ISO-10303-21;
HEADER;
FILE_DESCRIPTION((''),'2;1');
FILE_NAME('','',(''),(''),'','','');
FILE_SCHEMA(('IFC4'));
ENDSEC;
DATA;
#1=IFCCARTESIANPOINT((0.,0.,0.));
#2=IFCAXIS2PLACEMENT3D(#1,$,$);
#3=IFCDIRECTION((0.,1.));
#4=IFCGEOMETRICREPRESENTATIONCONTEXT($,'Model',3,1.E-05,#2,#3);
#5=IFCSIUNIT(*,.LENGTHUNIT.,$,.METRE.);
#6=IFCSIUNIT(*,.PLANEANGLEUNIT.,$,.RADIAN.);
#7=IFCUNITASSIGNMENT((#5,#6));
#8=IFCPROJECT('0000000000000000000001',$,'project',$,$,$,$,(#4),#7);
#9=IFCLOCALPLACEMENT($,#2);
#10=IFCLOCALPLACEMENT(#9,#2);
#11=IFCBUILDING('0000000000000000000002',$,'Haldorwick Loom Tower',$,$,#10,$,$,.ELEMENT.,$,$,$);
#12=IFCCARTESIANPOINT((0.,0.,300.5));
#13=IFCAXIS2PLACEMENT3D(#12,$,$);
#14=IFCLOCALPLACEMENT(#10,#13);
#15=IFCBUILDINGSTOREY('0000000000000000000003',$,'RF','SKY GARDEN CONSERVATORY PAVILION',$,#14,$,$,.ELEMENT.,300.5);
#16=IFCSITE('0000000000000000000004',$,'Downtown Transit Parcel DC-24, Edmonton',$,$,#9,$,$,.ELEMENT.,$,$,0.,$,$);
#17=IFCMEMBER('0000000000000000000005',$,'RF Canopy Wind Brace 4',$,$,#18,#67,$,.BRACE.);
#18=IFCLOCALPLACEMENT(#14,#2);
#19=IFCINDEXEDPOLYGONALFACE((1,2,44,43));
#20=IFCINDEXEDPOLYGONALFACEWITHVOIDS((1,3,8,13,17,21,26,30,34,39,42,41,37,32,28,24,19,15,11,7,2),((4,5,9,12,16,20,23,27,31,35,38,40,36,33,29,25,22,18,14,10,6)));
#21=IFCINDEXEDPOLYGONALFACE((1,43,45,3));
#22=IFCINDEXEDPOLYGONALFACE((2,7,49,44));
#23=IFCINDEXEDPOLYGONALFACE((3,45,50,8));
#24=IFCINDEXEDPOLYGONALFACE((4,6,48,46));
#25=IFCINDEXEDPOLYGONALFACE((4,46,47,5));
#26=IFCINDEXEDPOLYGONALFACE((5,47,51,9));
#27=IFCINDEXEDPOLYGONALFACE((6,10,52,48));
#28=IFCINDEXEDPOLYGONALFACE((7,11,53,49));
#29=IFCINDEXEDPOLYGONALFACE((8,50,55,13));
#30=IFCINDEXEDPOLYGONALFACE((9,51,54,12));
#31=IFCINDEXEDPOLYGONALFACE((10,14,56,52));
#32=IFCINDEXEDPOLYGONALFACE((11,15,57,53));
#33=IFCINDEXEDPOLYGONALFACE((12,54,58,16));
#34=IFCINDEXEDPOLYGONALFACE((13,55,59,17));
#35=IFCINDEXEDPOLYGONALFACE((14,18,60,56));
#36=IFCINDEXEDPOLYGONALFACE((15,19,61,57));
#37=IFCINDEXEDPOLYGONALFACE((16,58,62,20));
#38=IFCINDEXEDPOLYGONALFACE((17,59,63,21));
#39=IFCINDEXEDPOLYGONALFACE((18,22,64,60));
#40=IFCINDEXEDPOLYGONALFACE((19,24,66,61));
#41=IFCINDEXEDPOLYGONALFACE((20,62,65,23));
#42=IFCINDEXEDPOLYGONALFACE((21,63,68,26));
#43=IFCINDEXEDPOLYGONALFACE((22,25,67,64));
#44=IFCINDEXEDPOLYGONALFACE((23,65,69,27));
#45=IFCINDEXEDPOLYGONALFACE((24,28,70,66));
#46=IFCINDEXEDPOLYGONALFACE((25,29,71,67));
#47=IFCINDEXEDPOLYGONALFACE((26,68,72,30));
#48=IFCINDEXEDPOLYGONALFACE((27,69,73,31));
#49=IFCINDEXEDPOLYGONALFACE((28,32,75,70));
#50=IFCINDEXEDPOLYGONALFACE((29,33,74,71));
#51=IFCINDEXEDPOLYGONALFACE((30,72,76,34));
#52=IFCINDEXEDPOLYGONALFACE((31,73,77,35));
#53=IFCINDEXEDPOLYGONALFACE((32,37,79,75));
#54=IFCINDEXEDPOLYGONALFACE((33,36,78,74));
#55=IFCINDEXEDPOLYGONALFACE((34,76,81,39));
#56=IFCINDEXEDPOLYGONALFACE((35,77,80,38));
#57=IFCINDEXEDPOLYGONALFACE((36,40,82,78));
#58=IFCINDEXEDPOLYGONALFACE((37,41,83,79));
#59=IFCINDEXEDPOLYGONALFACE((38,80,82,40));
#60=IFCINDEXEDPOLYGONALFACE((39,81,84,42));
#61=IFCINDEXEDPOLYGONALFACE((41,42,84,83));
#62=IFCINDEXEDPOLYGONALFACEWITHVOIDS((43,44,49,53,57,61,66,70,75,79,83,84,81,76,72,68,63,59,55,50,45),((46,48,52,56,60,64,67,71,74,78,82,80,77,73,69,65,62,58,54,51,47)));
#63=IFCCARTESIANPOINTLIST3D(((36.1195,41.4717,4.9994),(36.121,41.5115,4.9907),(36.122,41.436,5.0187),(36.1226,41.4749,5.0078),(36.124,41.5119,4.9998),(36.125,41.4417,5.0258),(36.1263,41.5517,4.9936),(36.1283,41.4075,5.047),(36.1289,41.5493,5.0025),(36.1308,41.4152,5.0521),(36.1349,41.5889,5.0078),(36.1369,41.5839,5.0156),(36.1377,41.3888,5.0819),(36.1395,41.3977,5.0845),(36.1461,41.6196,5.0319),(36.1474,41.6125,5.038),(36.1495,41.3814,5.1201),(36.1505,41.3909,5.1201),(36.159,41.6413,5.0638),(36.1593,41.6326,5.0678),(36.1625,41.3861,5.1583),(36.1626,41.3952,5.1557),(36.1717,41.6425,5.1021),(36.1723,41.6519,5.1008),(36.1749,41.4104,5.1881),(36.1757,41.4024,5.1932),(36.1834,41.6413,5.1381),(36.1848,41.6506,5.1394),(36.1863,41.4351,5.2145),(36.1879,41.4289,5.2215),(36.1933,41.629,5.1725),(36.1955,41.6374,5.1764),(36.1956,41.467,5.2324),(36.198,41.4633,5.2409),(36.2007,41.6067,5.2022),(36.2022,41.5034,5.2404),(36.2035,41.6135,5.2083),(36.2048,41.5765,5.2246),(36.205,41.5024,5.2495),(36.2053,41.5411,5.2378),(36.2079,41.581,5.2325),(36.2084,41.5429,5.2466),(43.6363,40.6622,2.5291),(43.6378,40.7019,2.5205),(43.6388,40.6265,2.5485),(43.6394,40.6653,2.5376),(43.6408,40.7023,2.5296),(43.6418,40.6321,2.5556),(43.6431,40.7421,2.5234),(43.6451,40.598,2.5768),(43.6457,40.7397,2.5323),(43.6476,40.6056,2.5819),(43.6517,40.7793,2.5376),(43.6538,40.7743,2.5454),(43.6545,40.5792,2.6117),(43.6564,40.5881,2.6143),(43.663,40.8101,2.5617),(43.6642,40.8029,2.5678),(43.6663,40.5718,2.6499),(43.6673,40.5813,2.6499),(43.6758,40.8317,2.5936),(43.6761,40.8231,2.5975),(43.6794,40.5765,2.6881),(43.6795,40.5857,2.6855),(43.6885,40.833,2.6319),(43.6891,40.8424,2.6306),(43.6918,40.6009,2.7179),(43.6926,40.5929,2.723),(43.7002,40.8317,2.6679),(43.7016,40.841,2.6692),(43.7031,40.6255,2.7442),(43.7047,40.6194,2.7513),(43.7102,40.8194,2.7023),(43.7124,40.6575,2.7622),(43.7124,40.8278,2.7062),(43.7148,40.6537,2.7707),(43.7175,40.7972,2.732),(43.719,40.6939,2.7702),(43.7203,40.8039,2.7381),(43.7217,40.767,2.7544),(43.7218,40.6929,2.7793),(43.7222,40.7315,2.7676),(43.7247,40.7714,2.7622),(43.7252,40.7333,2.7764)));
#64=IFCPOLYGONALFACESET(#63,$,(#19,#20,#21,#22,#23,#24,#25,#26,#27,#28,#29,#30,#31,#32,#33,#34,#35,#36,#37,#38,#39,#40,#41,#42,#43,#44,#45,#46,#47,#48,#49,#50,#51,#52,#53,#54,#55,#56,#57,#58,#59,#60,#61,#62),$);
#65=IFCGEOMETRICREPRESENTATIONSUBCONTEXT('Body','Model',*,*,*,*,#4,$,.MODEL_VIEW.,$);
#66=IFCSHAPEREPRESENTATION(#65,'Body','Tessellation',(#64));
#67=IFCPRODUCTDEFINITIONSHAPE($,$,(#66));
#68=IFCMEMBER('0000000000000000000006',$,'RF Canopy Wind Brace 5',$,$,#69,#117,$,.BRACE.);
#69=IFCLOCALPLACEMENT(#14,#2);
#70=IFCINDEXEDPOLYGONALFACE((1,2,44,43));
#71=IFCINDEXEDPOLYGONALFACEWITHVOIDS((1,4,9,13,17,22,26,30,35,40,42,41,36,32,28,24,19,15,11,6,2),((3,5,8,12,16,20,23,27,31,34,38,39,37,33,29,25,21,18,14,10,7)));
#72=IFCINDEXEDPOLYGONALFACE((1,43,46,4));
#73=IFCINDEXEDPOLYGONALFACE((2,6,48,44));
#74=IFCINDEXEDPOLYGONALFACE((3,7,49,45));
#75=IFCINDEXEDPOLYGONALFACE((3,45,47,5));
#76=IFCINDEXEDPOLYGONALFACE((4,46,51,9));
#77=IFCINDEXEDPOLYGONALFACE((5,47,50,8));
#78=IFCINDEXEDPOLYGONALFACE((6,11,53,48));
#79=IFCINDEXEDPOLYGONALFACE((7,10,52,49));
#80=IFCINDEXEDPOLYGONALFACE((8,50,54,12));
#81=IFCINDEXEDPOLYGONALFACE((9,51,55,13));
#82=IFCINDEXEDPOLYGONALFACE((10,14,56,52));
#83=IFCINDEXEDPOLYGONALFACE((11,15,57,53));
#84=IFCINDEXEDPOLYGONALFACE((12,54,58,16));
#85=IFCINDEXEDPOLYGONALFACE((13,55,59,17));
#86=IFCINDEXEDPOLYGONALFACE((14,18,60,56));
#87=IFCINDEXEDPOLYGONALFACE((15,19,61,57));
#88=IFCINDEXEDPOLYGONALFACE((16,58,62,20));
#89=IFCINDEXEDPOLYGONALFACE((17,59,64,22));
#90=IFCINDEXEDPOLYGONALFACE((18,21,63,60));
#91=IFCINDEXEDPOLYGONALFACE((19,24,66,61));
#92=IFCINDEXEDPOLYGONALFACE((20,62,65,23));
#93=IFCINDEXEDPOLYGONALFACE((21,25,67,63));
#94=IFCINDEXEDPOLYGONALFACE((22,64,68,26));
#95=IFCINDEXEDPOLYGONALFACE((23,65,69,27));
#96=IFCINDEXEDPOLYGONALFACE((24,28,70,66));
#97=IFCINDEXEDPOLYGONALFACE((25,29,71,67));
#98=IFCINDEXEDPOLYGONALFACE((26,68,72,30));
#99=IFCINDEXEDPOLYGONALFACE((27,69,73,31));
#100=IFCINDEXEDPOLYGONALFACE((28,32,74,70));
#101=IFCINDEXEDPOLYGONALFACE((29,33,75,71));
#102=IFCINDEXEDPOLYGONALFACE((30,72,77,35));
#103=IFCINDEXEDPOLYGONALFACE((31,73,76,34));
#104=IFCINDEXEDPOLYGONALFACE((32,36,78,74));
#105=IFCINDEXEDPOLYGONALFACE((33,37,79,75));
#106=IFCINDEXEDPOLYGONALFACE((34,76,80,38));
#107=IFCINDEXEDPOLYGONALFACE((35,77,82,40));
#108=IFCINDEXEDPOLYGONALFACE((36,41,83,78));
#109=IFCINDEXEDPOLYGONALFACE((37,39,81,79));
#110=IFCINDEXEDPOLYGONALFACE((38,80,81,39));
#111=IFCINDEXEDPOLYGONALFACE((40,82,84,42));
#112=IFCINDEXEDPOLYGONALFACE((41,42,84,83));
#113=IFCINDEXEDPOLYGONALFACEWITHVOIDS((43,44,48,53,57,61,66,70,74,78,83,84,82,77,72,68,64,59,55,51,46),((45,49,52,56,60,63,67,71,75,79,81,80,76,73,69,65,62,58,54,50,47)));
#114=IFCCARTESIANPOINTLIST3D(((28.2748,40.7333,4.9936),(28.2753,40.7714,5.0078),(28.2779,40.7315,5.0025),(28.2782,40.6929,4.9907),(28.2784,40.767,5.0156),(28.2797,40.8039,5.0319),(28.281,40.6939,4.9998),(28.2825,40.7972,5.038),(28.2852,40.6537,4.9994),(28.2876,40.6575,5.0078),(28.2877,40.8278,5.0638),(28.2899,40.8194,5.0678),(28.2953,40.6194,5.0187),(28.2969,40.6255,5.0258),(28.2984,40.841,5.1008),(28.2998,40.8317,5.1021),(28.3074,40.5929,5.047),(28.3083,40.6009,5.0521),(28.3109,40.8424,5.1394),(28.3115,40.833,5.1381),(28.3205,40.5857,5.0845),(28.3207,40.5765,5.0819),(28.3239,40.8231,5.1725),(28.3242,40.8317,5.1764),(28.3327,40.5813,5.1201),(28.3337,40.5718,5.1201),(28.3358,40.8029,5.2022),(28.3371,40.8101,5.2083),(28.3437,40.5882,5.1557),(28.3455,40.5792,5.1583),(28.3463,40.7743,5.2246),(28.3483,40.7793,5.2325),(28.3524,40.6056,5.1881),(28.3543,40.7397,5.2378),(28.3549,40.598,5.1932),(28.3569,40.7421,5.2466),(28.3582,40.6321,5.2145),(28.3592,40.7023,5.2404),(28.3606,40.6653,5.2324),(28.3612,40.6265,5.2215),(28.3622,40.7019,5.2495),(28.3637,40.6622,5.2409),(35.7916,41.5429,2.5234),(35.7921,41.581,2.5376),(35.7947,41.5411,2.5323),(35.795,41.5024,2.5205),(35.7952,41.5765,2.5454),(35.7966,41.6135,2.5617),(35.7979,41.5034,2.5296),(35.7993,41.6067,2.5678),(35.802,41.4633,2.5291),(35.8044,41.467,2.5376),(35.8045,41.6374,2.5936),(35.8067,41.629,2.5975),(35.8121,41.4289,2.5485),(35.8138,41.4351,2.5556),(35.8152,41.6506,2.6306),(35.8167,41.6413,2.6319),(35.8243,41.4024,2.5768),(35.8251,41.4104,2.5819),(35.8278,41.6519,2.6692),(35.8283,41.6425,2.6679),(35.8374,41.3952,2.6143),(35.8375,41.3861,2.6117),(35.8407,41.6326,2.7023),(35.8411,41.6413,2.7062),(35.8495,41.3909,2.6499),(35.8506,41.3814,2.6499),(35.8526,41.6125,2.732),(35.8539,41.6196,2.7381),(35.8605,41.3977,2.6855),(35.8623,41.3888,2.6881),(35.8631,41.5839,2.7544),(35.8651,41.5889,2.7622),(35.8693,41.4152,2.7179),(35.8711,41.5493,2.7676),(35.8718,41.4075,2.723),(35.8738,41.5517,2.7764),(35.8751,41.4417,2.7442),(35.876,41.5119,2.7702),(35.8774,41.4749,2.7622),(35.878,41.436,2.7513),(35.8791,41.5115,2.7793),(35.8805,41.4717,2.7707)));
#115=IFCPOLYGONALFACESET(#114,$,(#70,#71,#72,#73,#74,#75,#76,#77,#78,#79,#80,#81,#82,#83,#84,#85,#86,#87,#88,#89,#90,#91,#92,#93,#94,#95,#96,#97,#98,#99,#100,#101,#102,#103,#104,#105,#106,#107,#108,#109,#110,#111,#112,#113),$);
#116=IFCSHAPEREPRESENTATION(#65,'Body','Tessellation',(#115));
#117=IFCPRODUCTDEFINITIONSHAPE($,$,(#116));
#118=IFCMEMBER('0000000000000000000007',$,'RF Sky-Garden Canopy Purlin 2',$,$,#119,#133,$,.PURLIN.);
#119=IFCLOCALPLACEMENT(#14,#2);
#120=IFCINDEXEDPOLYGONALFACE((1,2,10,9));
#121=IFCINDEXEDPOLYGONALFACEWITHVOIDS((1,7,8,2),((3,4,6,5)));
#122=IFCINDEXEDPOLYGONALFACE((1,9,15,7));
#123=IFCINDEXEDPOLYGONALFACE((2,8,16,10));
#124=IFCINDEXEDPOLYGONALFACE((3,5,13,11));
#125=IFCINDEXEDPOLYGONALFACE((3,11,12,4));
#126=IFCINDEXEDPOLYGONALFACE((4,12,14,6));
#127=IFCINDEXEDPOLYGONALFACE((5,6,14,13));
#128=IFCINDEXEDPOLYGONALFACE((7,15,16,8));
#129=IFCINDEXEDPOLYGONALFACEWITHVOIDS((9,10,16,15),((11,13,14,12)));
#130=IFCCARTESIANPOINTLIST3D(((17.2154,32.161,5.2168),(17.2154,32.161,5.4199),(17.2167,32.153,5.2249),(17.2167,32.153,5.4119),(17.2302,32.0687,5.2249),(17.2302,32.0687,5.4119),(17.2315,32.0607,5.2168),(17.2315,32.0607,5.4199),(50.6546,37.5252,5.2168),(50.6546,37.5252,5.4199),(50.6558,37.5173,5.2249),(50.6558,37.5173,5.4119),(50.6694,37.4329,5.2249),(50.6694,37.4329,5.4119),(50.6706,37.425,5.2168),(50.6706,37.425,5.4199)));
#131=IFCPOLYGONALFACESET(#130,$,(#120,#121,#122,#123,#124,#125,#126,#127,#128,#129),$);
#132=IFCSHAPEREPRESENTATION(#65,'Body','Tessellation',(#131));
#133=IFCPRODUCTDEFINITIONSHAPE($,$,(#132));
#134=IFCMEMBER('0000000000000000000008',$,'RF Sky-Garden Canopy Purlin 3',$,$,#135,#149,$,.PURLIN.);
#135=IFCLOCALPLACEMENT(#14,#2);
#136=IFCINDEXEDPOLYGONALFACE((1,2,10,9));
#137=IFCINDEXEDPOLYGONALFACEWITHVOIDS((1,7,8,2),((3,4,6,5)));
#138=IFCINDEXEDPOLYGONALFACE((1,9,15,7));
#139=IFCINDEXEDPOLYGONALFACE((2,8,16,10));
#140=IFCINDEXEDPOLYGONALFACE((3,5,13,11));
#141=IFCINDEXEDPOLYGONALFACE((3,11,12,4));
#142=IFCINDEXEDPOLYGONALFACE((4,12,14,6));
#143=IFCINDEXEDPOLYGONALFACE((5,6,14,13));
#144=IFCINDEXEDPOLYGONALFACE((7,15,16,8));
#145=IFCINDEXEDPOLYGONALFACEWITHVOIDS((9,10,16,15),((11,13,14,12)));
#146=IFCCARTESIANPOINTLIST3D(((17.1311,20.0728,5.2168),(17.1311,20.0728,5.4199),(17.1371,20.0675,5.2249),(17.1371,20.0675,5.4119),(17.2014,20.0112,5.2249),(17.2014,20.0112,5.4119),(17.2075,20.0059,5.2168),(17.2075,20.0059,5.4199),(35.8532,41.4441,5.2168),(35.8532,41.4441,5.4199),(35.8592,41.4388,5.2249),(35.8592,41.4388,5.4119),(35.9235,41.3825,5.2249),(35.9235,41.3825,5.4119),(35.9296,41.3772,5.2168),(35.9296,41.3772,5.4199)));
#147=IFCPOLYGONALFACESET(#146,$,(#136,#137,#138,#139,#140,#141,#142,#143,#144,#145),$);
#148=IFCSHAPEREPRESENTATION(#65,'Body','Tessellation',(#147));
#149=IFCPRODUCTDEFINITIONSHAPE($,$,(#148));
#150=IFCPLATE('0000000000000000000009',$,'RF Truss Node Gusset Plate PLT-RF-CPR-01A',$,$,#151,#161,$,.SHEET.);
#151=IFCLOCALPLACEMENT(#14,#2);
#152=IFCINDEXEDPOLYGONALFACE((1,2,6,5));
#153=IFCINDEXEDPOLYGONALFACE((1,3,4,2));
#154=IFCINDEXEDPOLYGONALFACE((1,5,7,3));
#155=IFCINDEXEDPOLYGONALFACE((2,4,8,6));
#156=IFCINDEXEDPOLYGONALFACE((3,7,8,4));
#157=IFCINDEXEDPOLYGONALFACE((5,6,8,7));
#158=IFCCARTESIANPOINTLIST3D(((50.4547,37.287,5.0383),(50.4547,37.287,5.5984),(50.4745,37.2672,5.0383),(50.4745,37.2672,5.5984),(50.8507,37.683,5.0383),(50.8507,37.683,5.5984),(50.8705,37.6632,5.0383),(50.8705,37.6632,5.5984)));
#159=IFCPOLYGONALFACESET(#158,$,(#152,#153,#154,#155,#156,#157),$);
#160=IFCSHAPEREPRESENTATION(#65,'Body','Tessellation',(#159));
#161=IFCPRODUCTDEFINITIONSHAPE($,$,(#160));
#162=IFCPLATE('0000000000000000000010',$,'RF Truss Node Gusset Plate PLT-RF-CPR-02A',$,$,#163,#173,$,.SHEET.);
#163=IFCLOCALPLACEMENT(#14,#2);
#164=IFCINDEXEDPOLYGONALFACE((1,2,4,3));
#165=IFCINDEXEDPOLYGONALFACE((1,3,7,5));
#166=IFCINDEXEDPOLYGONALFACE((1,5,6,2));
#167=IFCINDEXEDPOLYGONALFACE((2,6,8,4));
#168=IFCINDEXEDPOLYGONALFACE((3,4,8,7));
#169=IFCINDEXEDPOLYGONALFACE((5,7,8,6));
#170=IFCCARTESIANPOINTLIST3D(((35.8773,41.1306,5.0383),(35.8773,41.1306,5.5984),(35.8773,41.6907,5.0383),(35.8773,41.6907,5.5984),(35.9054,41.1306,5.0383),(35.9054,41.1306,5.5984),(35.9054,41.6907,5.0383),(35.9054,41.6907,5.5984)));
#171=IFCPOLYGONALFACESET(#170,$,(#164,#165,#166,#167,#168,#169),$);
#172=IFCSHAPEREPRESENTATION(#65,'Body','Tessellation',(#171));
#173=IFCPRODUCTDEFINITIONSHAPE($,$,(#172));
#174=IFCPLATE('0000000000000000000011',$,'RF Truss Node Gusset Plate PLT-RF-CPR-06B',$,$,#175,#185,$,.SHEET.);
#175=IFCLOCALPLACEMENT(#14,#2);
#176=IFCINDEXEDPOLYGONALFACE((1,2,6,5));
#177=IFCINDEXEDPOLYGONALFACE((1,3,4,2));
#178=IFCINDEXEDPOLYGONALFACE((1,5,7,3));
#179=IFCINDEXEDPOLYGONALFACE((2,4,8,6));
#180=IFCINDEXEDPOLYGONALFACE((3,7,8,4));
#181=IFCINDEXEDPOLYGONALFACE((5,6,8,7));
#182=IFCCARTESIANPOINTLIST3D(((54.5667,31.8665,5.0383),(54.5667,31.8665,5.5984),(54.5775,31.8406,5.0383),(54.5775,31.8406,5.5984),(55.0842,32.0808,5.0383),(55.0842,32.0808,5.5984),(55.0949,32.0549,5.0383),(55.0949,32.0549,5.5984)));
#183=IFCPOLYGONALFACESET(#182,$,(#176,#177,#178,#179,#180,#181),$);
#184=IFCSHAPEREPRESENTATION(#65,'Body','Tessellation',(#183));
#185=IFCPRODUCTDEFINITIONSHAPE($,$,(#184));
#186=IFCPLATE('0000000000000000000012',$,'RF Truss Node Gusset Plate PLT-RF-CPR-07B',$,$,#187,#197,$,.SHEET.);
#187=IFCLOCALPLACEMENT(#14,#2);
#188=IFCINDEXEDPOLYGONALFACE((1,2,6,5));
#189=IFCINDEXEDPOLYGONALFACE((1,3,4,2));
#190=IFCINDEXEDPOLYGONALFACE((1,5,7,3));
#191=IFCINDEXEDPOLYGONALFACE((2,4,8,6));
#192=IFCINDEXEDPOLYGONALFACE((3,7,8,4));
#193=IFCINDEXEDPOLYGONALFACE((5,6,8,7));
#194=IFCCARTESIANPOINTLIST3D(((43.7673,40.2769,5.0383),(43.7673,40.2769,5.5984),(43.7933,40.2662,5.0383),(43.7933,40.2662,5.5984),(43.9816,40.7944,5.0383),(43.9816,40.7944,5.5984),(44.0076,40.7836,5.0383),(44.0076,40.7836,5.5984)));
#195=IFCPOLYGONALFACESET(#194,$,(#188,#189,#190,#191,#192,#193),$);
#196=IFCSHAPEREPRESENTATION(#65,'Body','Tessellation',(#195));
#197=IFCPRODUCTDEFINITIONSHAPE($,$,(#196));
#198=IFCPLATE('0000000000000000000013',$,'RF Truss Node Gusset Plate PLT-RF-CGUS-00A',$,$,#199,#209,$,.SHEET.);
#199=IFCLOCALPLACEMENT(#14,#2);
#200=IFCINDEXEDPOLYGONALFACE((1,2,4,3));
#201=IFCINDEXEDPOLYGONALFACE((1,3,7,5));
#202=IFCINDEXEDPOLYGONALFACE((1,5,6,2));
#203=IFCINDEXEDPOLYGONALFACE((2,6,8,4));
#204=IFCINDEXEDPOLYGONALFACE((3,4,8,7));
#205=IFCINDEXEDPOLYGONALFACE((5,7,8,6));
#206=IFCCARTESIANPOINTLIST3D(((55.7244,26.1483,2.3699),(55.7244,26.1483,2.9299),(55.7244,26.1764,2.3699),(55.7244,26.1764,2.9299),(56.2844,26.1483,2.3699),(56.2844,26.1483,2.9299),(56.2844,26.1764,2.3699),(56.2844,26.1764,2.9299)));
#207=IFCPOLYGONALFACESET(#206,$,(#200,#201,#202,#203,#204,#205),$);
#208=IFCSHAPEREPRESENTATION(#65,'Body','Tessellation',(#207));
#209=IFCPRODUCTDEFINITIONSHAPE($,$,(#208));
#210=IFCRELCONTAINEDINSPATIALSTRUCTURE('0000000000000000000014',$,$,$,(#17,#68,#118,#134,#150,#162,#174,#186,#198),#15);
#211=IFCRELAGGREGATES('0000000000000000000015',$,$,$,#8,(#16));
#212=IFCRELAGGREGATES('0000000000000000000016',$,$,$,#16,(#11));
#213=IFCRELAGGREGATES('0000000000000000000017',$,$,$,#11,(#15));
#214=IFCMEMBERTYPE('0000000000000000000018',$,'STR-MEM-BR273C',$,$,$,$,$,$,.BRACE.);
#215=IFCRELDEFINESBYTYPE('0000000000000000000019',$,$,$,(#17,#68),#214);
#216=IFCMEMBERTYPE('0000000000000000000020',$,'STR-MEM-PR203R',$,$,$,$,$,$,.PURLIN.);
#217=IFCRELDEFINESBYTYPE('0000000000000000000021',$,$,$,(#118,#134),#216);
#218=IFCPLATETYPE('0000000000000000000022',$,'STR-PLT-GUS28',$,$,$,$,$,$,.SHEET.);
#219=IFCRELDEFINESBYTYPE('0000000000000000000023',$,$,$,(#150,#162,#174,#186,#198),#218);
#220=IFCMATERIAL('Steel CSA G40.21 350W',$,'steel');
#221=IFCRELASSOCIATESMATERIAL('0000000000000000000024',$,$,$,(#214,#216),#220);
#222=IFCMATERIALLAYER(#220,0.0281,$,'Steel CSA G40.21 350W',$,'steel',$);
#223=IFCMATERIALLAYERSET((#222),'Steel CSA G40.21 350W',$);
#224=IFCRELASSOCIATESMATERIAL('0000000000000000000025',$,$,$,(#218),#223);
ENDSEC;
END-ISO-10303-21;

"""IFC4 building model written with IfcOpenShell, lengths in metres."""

from ifc_helpers import new_model, si_unit, direction, frame, origin, origin_2d, place, context, subcontext, project, spatial, rectangle, hollow_rectangle, hollow_circle, extrude, material, layer, layer_set, material_profile, profile_set, type_object, element, save


model = new_model("IFC4")

# Units and contexts
model_context = context("Model", 3, precision=1e-05, world=origin(), true_north=direction((0.0, 1.0)))
body_context = subcontext(model_context, "Body", "Model", "MODEL_VIEW")
ifc_project = project(units=[si_unit("LENGTHUNIT", "METRE"), si_unit("PLANEANGLEUNIT", "RADIAN")], contexts=[model_context])

# Site, building, storey
site_placement = place(None, origin())
site = spatial("IfcSite", under=ifc_project, at=site_placement, Name="Downtown Transit Parcel DC-24, Edmonton", CompositionType="ELEMENT", RefElevation=0.0)
building_placement = place(site_placement, origin())
building = spatial("IfcBuilding", under=site, at=building_placement, Name="Haldorwick Loom Tower", CompositionType="ELEMENT")
storey_placement = place(building_placement, frame((0.0, 0.0, 300.5)))
storey = spatial("IfcBuildingStorey", under=building, at=storey_placement, Name="RF", Description="SKY GARDEN CONSERVATORY PAVILION", CompositionType="ELEMENT", Elevation=300.5)

# Shared definitions
ifc_material_1 = material(Name="Steel CSA G40.21 350W", Category="steel")

# Members
ifc_material_profile_1 = material_profile(ifc_material_1, hollow_circle(Radius=0.1365, WallThickness=0.0095, at=origin_2d()), Name="HSS273X10", Category="steel")
ifc_profile_set_1 = profile_set([ifc_material_profile_1], Name="Steel CSA G40.21 350W")
member_type_1 = type_object("IfcMemberType", Name="STR-MEM-BR273C", PredefinedType="BRACE", material=ifc_profile_set_1)
for number, where, z_axis, x_axis, name in (
    (1, (43.6809, 40.7075, 2.6499), (-0.945083, 0.101786, 0.310577), (-0.107082, -0.99425, 0.0), "RF Canopy Wind Brace 4"),
    (2, (35.8359, 41.5171, 2.6499), (-0.945083, -0.101786, 0.310577), (0.107082, -0.99425, 0.0), "RF Canopy Wind Brace 5"),
):
    element("IfcMember", number, at=place(storey_placement, frame(where, z_axis=z_axis, x_axis=x_axis)), inside=storey, type_object=member_type_1, Name=name, PredefinedType="BRACE", context=body_context, shape_type="SweptSolid", body=[
        extrude(hollow_circle(Radius=0.1365, WallThickness=0.0095, at=origin_2d()), origin(), (0.0, 0.0, 1.0), 7.9536),
    ])
ifc_material_profile_2 = material_profile(ifc_material_1, hollow_rectangle(XDim=0.1016, YDim=0.2031, WallThickness=0.0081, at=origin_2d()), Name="HSS203X102X8", Category="steel")
ifc_profile_set_2 = profile_set([ifc_material_profile_2], Name="Steel CSA G40.21 350W")
member_type_2 = type_object("IfcMemberType", Name="STR-MEM-PR203R", PredefinedType="PURLIN", material=ifc_profile_set_2)
member_1_placement = place(storey_placement, frame((50.6626, 37.4751, 5.3184), z_axis=(-0.987376, -0.158393, 0.0), x_axis=(0.158393, -0.987376, 0.0)))
element("IfcMember", 3, at=member_1_placement, inside=storey, type_object=member_type_2, Name="RF Sky-Garden Canopy Purlin 2", PredefinedType="PURLIN", context=body_context, shape_type="SweptSolid", body=[
    extrude(hollow_rectangle(XDim=0.1016, YDim=0.2031, WallThickness=0.0081, at=origin_2d()), origin(), (0.0, 0.0, 1.0), 33.8667),
])
member_2_placement = place(storey_placement, frame((35.8914, 41.4106, 5.3184), z_axis=(-0.658948, -0.752189, 0.0), x_axis=(0.752189, -0.658948, 0.0)))
element("IfcMember", 4, at=member_2_placement, inside=storey, type_object=member_type_2, Name="RF Sky-Garden Canopy Purlin 3", PredefinedType="PURLIN", context=body_context, shape_type="SweptSolid", body=[
    extrude(hollow_rectangle(XDim=0.1016, YDim=0.2031, WallThickness=0.0081, at=origin_2d()), origin(), (0.0, 0.0, 1.0), 28.4121),
])

# Plates
ifc_layer_1 = layer(ifc_material_1, 0.0281, Name="Steel CSA G40.21 350W", Category="steel")
ifc_layer_set_1 = layer_set([ifc_layer_1], Name="Steel CSA G40.21 350W")
plate_type = type_object("IfcPlateType", Name="STR-PLT-GUS28", PredefinedType="SHEET", material=ifc_layer_set_1)
for number, where, z_axis, x_axis, name in (
    (5, (50.6626, 37.4751, 5.0383), (0.0, 0.0, 1.0), (0.707107, 0.707107, 0.0), "RF Truss Node Gusset Plate PLT-RF-CPR-01A"),
    (6, (35.8914, 41.4106, 5.0383), (0.0, 0.0, 1.0), (0.0, 1.0, 0.0), "RF Truss Node Gusset Plate PLT-RF-CPR-02A"),
    (7, (54.8308, 31.9607, 5.0383), (0.0, 0.0, 1.0), (0.92388, 0.382683, 0.0), "RF Truss Node Gusset Plate PLT-RF-CPR-06B"),
    (8, (43.8875, 40.5303, 5.0383), (0.0, 0.0, 1.0), (0.382683, 0.92388, 0.0), "RF Truss Node Gusset Plate PLT-RF-CPR-07B"),
    (9, (56.0044, 26.1624, 2.3699), (0.0, 0.0, 1.0), (1.0, 0.0, 0.0), "RF Truss Node Gusset Plate PLT-RF-CGUS-00A"),
):
    element("IfcPlate", number, at=place(storey_placement, frame(where, z_axis=z_axis, x_axis=x_axis)), inside=storey, type_object=plate_type, Name=name, PredefinedType="SHEET", context=body_context, shape_type="SweptSolid", body=[
        extrude(rectangle(XDim=0.5601, YDim=0.0281, at=origin_2d()), origin(), (0.0, 0.0, 1.0), 0.5601),
    ])

save(model, "model.ifc")
